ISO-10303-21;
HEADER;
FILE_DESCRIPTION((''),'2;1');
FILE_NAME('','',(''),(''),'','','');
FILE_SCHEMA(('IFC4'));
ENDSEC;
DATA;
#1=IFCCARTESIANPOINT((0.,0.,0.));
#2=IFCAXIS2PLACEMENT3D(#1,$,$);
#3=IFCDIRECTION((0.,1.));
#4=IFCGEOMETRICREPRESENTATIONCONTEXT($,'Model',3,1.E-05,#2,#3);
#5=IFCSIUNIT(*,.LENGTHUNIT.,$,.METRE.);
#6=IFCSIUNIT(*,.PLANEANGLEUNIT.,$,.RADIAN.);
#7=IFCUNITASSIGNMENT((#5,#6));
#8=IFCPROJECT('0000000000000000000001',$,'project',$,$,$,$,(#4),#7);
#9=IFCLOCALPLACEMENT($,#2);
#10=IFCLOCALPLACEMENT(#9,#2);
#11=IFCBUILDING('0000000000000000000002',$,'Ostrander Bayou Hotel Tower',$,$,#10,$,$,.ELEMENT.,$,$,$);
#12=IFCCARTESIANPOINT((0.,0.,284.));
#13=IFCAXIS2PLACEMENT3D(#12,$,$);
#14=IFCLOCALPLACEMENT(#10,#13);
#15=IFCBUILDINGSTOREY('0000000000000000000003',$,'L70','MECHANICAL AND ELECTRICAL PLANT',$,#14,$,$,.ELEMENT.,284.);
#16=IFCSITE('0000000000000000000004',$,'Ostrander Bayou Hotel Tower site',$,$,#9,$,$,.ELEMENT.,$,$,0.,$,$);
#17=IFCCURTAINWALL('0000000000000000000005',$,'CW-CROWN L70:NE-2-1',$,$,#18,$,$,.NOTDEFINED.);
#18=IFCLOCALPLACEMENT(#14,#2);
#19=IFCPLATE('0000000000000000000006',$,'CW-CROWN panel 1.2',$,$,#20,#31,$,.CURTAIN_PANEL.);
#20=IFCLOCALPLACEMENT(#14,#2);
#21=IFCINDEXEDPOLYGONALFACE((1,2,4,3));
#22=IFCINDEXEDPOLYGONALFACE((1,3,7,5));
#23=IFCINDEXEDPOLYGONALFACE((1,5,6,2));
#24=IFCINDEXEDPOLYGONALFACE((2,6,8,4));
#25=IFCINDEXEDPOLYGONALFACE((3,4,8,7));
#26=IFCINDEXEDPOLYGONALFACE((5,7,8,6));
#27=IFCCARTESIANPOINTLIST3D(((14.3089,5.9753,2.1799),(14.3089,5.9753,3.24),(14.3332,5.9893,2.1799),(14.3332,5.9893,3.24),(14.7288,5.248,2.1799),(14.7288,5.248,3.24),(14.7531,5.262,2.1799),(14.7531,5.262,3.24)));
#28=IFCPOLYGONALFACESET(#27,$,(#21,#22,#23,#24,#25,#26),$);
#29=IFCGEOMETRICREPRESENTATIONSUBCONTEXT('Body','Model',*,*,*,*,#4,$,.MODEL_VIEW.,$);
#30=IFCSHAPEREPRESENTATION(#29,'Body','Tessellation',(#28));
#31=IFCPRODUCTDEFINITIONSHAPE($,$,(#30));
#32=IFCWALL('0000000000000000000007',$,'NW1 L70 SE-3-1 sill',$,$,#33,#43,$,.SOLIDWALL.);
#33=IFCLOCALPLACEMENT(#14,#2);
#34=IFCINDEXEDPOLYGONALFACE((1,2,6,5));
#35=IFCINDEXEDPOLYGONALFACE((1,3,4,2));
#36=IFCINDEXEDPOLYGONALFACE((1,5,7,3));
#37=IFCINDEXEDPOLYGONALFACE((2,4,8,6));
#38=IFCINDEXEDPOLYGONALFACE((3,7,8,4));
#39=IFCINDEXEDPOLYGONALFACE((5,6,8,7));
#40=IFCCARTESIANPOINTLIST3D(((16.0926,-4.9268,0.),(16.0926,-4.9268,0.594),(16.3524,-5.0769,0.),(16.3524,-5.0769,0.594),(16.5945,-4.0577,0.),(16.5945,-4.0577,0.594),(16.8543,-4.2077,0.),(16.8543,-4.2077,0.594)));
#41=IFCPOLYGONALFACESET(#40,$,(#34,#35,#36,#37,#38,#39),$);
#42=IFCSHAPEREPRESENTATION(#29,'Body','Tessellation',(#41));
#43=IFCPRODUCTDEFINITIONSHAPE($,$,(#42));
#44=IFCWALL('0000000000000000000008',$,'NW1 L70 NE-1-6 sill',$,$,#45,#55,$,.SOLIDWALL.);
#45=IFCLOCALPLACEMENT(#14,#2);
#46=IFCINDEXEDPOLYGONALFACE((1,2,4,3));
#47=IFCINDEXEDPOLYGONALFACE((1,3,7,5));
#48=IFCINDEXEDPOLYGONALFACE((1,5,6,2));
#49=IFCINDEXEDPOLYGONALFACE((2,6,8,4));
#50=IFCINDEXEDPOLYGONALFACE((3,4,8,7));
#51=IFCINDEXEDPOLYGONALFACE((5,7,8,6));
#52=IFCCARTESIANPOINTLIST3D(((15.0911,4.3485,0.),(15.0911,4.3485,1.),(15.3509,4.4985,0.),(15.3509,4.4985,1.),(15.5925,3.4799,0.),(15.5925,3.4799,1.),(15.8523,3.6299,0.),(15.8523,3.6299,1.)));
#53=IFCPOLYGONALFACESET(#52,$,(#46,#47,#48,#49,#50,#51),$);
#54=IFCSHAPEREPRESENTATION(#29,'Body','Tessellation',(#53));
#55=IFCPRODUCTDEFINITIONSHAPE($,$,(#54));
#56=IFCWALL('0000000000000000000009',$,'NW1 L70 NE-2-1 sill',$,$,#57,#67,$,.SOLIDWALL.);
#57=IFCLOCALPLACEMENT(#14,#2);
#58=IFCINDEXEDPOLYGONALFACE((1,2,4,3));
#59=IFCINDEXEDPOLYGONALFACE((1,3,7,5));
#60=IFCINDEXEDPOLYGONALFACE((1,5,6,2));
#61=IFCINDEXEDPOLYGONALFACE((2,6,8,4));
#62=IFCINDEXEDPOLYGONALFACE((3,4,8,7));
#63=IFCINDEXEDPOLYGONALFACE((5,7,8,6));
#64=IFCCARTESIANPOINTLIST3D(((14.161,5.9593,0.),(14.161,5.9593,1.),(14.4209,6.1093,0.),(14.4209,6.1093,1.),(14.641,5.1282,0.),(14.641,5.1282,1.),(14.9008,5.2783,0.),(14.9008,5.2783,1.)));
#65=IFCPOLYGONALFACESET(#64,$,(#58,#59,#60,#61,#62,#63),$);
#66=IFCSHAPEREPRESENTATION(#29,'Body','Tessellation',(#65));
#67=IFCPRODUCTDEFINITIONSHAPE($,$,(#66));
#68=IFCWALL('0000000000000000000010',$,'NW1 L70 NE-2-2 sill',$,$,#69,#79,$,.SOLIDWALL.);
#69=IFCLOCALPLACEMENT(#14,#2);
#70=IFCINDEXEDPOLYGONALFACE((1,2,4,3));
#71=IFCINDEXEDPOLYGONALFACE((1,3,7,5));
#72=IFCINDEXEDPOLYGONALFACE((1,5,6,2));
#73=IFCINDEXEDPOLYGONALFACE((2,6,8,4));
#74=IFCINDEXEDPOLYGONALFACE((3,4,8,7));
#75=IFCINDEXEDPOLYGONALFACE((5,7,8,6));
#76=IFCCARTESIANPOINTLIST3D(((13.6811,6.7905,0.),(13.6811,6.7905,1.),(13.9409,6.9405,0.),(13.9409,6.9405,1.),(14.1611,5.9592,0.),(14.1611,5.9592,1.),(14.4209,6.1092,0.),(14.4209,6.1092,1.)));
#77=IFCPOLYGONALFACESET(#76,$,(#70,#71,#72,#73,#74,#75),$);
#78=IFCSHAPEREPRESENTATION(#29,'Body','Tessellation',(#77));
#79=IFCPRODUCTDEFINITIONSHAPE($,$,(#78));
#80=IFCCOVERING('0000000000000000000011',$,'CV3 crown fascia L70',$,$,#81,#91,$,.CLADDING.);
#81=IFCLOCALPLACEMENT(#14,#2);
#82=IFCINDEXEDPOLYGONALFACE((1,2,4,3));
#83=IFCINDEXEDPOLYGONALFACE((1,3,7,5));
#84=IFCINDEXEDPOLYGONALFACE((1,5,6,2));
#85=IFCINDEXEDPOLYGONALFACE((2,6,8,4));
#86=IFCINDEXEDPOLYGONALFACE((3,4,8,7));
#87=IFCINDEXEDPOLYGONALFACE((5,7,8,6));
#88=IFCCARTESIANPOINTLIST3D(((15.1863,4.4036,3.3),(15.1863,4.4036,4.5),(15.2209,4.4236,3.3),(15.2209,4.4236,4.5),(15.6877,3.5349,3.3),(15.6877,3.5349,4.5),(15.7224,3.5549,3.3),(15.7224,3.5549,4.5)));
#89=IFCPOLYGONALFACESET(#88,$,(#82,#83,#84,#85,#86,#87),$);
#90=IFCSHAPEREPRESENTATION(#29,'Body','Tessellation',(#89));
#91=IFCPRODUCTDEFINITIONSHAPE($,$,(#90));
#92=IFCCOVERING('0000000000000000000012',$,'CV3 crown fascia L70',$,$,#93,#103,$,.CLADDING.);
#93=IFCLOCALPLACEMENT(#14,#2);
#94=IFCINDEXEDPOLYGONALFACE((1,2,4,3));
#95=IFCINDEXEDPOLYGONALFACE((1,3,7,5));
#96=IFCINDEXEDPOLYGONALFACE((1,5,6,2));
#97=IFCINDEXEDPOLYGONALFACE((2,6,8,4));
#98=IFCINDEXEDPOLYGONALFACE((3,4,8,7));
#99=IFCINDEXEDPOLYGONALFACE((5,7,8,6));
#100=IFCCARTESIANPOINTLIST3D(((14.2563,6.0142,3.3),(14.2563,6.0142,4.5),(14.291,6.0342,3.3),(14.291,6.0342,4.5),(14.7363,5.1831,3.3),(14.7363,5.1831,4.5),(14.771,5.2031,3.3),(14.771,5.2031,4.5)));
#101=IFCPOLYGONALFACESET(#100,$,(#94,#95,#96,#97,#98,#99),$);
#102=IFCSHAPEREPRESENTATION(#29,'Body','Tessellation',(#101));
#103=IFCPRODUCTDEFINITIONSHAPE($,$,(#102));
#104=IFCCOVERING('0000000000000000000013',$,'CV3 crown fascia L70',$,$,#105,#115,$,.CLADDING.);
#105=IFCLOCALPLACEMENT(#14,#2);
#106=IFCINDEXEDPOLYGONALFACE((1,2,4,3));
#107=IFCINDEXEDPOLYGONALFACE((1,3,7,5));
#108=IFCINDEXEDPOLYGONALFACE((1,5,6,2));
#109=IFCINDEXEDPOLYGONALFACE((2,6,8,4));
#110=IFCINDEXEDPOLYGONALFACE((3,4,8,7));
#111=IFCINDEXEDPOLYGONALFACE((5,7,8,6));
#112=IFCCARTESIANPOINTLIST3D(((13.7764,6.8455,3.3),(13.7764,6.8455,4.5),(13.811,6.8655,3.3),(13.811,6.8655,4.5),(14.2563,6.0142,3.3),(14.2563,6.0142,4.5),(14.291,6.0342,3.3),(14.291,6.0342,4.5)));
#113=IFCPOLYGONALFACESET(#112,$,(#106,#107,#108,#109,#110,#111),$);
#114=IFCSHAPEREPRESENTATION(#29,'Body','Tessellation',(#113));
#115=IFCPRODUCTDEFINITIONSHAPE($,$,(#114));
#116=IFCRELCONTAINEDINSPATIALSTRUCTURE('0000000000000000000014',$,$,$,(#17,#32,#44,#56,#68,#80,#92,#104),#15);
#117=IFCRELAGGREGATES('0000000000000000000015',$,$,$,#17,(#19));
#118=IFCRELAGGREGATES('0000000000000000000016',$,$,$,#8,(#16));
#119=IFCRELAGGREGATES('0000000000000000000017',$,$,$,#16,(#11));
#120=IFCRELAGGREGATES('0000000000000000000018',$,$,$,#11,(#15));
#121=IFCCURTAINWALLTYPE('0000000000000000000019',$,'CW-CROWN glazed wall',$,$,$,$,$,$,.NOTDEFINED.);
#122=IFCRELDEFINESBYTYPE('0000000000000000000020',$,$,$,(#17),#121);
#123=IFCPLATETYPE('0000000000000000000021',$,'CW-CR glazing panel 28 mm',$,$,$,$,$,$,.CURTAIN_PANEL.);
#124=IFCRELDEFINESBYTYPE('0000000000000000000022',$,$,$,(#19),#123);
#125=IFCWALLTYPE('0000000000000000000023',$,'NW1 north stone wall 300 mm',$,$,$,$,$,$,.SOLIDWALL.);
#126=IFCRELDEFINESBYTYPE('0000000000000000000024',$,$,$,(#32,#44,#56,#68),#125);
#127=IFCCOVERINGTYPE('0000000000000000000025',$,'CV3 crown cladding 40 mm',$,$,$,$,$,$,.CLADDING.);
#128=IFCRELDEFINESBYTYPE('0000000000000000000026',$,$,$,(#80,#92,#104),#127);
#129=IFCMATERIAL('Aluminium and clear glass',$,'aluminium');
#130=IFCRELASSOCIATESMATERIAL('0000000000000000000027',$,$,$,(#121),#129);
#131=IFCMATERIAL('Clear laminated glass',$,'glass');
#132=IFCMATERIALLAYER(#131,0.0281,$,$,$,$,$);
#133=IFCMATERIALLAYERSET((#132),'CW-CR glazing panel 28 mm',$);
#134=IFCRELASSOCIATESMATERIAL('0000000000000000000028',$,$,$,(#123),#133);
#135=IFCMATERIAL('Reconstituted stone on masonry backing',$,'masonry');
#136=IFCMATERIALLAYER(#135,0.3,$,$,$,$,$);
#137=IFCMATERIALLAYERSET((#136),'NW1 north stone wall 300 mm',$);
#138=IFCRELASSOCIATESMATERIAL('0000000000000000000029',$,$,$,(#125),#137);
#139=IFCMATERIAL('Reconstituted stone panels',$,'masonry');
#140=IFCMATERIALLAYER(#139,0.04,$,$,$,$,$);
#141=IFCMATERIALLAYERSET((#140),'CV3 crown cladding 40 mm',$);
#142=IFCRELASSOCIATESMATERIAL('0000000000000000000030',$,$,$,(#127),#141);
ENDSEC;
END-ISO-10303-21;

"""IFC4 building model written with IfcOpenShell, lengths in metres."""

from ifc_helpers import new_model, si_unit, direction, frame, frame_2d, origin, origin_2d, place, context, subcontext, project, spatial, polyline, rectangle, outline, extrude, material, layer, layer_set, type_object, element, aggregate, save


model = new_model("IFC4")

# Units and contexts
model_context = context("Model", 3, precision=1e-05, world=origin(), true_north=direction((0.0, 1.0)))
body_context = subcontext(model_context, "Body", "Model", "MODEL_VIEW")
ifc_project = project(units=[si_unit("LENGTHUNIT", "METRE"), si_unit("PLANEANGLEUNIT", "RADIAN")], contexts=[model_context])

# Site, building, storey
site_placement = place(None, origin())
site = spatial("IfcSite", under=ifc_project, at=site_placement, Name="Ostrander Bayou Hotel Tower site", CompositionType="ELEMENT", RefElevation=0.0)
building_placement = place(site_placement, origin())
building = spatial("IfcBuilding", under=site, at=building_placement, Name="Ostrander Bayou Hotel Tower", CompositionType="ELEMENT")
storey_placement = place(building_placement, frame((0.0, 0.0, 284.0)))
storey = spatial("IfcBuildingStorey", under=building, at=storey_placement, Name="L70", Description="MECHANICAL AND ELECTRICAL PLANT", CompositionType="ELEMENT", Elevation=284.0)

# Curtain wall
ifc_material_1 = material(Name="Aluminium and clear glass", Category="aluminium")
curtain_wall_type = type_object("IfcCurtainWallType", Name="CW-CROWN glazed wall", PredefinedType="NOTDEFINED", material=ifc_material_1)
curtain_wall_1_placement = place(storey_placement, origin())
curtain_wall_1 = element("IfcCurtainWall", 1, at=curtain_wall_1_placement, inside=storey, type_object=curtain_wall_type, Name="CW-CROWN L70:NE-2-1", PredefinedType="NOTDEFINED")

# Plate
ifc_material_2 = material(Name="Clear laminated glass", Category="glass")
ifc_layer_1 = layer(ifc_material_2, 0.0281)
ifc_layer_set_1 = layer_set([ifc_layer_1], Name="CW-CR glazing panel 28 mm")
plate_type = type_object("IfcPlateType", Name="CW-CR glazing panel 28 mm", PredefinedType="CURTAIN_PANEL", material=ifc_layer_set_1)
plate_1_placement = place(storey_placement, frame((14.531, 5.6187, 2.1799), z_axis=(0.0, 0.0, 1.0), x_axis=(-0.500005, 0.866022, 0.0)))
plate_1 = element("IfcPlate", 2, at=plate_1_placement, type_object=plate_type, Name="CW-CROWN panel 1.2", PredefinedType="CURTAIN_PANEL", context=body_context, shape_type="SweptSolid", body=[
    extrude(rectangle(XDim=0.8398, YDim=0.0281, at=origin_2d()), origin(), (0.0, 0.0, 1.0), 1.0601),
])
aggregate(curtain_wall_1, [plate_1])

# Walls
ifc_material_3 = material(Name="Reconstituted stone on masonry backing", Category="masonry")
ifc_layer_2 = layer(ifc_material_3, 0.3)
ifc_layer_set_2 = layer_set([ifc_layer_2], Name="NW1 north stone wall 300 mm")
wall_type = type_object("IfcWallType", Name="NW1 north stone wall 300 mm", PredefinedType="SOLIDWALL", material=ifc_layer_set_2)
wall_1_placement = place(storey_placement, frame((16.2224, -5.002, 0.0), z_axis=(0.0, 0.0, 1.0), x_axis=(0.500115, 0.865959, 0.0)))
element("IfcWall", 3, at=wall_1_placement, inside=storey, type_object=wall_type, Name="NW1 L70 SE-3-1 sill", PredefinedType="SOLIDWALL", context=body_context, shape_type="SweptSolid", body=[
    extrude(rectangle(XDim=1.0037, YDim=0.3, at=frame_2d((0.502, 0.0))), origin(), (0.0, 0.0, 1.0), 0.594),
])
wall_2_placement = place(storey_placement, frame((15.7224, 3.5549, 0.0), z_axis=(0.0, 0.0, 1.0), x_axis=(-0.499961, 0.866048, 0.0)))
element("IfcWall", 4, at=wall_2_placement, inside=storey, type_object=wall_type, Name="NW1 L70 NE-1-6 sill", PredefinedType="SOLIDWALL", context=body_context, shape_type="SweptSolid", body=[
    extrude(rectangle(XDim=1.0029, YDim=0.3, at=frame_2d((0.5015, 0.0))), origin(), (0.0, 0.0, 1.0), 1.0),
])
wall_3_placement = place(storey_placement, frame((14.771, 5.2031, 0.0), z_axis=(0.0, 0.0, 1.0), x_axis=(-0.500133, 0.865948, 0.0)))
element("IfcWall", 5, at=wall_3_placement, inside=storey, type_object=wall_type, Name="NW1 L70 NE-2-1 sill", PredefinedType="SOLIDWALL", context=body_context, shape_type="SweptSolid", body=[
    extrude(rectangle(XDim=0.9597, YDim=0.3, at=frame_2d((0.48, 0.0))), origin(), (0.0, 0.0, 1.0), 1.0),
])
wall_4_placement = place(storey_placement, frame((14.291, 6.0342, 0.0), z_axis=(0.0, 0.0, 1.0), x_axis=(-0.500023, 0.866012, 0.0)))
element("IfcWall", 6, at=wall_4_placement, inside=storey, type_object=wall_type, Name="NW1 L70 NE-2-2 sill", PredefinedType="SOLIDWALL", context=body_context, shape_type="SweptSolid", body=[
    extrude(rectangle(XDim=0.96, YDim=0.3, at=frame_2d((0.48, 0.0))), origin(), (0.0, 0.0, 1.0), 1.0),
])

# Coverings
ifc_material_4 = material(Name="Reconstituted stone panels", Category="masonry")
ifc_layer_3 = layer(ifc_material_4, 0.04)
ifc_layer_set_3 = layer_set([ifc_layer_3], Name="CV3 crown cladding 40 mm")
covering_type = type_object("IfcCoveringType", Name="CV3 crown cladding 40 mm", PredefinedType="CLADDING", material=ifc_layer_set_3)
covering_1_placement = place(storey_placement, frame((15.7224, 3.5549, 3.3), z_axis=(0.866048, 0.499961, 0.0), x_axis=(-0.499961, 0.866048, 0.0)))
element("IfcCovering", 7, at=covering_1_placement, inside=storey, type_object=covering_type, Name="CV3 crown fascia L70", PredefinedType="CLADDING", context=body_context, shape_type="SweptSolid", body=[
    extrude(outline(polyline([(0.0, 0.0), (1.003, 0.0), (1.003, 1.2), (0.0, 1.2), (0.0, 0.0)])), origin(), (0.0, 0.0, -1.0), 0.04),
])
covering_2_placement = place(storey_placement, frame((14.771, 5.2031, 3.3), z_axis=(0.865948, 0.500133, 0.0), x_axis=(-0.500133, 0.865948, 0.0)))
element("IfcCovering", 8, at=covering_2_placement, inside=storey, type_object=covering_type, Name="CV3 crown fascia L70", PredefinedType="CLADDING", context=body_context, shape_type="SweptSolid", body=[
    extrude(outline(polyline([(0.0, 0.0), (0.9597, 0.0), (0.9597, 1.2), (0.0, 1.2), (0.0, 0.0)])), origin(), (0.0, 0.0, -1.0), 0.04),
])
covering_3_placement = place(storey_placement, frame((14.291, 6.0342, 3.3), z_axis=(0.866012, 0.500023, 0.0), x_axis=(-0.500023, 0.866012, 0.0)))
element("IfcCovering", 9, at=covering_3_placement, inside=storey, type_object=covering_type, Name="CV3 crown fascia L70", PredefinedType="CLADDING", context=body_context, shape_type="SweptSolid", body=[
    extrude(outline(polyline([(0.0, 0.0), (0.9599, 0.0), (0.9599, 1.2), (0.0, 1.2), (0.0, 0.0)])), origin(), (0.0, 0.0, -1.0), 0.04),
])

save(model, "model.ifc")
